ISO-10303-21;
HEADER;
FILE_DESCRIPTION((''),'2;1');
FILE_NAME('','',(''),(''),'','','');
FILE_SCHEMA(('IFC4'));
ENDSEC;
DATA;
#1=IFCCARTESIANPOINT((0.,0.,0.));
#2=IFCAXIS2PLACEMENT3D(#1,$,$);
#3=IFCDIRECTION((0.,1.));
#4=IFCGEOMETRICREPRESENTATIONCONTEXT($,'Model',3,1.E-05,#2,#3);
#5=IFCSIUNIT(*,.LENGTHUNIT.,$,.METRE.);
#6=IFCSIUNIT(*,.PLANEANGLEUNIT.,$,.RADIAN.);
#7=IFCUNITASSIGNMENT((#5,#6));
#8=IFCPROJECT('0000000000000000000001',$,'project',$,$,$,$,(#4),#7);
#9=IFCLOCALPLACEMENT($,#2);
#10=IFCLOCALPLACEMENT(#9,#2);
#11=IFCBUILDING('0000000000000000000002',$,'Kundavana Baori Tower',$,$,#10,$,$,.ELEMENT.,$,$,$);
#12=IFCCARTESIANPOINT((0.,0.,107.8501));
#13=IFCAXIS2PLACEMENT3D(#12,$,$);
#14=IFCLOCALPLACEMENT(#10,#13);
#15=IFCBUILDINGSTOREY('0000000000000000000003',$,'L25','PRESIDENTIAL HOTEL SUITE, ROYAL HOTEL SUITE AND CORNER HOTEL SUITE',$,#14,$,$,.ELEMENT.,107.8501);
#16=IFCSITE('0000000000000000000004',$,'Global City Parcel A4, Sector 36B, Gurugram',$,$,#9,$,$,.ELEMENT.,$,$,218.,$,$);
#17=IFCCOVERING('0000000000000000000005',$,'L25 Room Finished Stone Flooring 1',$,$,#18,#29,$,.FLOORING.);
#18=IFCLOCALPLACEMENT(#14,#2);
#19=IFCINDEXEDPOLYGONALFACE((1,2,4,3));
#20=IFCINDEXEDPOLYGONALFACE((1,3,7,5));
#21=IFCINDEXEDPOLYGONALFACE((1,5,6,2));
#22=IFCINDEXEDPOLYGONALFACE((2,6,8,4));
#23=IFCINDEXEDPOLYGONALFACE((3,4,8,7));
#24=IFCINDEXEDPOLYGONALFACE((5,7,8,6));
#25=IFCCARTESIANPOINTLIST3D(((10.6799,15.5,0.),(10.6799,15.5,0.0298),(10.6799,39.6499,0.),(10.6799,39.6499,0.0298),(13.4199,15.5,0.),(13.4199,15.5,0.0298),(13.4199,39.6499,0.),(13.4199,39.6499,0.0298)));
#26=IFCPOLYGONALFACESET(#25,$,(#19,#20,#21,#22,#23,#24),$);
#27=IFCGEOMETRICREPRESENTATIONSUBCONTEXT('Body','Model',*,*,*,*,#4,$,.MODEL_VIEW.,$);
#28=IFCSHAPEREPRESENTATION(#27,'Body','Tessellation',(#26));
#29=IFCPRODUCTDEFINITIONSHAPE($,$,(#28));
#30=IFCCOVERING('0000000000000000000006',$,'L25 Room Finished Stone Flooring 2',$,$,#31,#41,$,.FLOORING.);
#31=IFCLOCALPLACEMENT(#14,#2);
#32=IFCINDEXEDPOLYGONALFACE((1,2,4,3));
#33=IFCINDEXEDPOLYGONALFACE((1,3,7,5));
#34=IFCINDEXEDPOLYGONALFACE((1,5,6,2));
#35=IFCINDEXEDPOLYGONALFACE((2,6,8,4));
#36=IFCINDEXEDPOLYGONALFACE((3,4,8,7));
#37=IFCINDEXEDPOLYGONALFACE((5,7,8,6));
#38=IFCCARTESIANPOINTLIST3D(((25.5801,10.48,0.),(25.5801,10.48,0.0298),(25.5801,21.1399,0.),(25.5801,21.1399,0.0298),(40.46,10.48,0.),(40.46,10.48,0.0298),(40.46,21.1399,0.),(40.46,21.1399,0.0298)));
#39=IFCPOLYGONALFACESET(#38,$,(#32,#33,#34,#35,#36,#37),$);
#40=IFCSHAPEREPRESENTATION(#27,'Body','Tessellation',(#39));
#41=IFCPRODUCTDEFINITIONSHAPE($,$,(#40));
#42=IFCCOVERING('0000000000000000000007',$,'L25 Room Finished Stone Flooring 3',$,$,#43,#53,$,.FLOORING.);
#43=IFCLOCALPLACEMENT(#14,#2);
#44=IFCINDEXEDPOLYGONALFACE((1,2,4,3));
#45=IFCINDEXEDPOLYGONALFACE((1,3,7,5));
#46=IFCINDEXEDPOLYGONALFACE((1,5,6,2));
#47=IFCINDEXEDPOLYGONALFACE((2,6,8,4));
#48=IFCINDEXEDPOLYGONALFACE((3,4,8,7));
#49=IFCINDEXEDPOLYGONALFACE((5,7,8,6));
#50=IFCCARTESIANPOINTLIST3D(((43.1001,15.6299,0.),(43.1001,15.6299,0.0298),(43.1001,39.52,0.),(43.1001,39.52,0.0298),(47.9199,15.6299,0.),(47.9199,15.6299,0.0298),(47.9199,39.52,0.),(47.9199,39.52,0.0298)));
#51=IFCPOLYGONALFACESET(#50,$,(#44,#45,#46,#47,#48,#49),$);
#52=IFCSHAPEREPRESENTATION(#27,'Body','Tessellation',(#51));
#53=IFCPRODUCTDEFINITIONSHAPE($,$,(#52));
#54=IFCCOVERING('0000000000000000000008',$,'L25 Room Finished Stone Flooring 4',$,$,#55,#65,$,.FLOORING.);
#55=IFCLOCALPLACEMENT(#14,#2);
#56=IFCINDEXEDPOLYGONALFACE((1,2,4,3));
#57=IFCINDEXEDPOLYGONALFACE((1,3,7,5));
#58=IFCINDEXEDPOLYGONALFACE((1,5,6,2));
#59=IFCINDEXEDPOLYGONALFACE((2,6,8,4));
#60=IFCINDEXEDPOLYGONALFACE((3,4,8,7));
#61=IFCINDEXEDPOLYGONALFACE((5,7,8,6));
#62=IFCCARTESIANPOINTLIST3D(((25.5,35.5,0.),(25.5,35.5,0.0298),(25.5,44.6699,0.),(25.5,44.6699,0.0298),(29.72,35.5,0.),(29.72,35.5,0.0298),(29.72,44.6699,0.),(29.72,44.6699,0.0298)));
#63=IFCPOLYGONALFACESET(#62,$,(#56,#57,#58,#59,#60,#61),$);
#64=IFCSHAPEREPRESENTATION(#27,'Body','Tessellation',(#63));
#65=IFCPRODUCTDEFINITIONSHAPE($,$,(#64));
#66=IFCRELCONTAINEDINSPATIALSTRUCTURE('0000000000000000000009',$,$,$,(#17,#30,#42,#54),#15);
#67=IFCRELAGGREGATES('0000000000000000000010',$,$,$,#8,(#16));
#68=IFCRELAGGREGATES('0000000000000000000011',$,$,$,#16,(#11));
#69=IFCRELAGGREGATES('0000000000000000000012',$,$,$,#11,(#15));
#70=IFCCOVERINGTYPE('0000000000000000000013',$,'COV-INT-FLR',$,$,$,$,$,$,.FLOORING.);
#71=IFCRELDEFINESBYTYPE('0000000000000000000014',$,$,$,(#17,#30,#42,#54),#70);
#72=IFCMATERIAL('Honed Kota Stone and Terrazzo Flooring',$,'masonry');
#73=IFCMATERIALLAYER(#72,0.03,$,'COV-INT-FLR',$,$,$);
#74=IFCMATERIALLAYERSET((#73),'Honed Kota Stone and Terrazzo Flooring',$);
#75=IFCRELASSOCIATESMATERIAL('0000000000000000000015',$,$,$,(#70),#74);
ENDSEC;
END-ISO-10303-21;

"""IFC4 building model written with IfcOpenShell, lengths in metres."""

from ifc_helpers import new_model, si_unit, direction, frame, origin, place, context, subcontext, project, spatial, polyline, outline, extrude, material, layer, layer_set, type_object, element, save


model = new_model("IFC4")

# Units and contexts
model_context = context("Model", 3, precision=1e-05, world=origin(), true_north=direction((0.0, 1.0)))
body_context = subcontext(model_context, "Body", "Model", "MODEL_VIEW")
ifc_project = project(units=[si_unit("LENGTHUNIT", "METRE"), si_unit("PLANEANGLEUNIT", "RADIAN")], contexts=[model_context])

# Site, building, storey
site_placement = place(None, origin())
site = spatial("IfcSite", under=ifc_project, at=site_placement, Name="Global City Parcel A4, Sector 36B, Gurugram", CompositionType="ELEMENT", RefElevation=218.0)
building_placement = place(site_placement, origin())
building = spatial("IfcBuilding", under=site, at=building_placement, Name="Kundavana Baori Tower", CompositionType="ELEMENT")
storey_placement = place(building_placement, frame((0.0, 0.0, 107.8501)))
storey = spatial("IfcBuildingStorey", under=building, at=storey_placement, Name="L25", Description="PRESIDENTIAL HOTEL SUITE, ROYAL HOTEL SUITE AND CORNER HOTEL SUITE", CompositionType="ELEMENT", Elevation=107.8501)

# Coverings
ifc_material_1 = material(Name="Honed Kota Stone and Terrazzo Flooring", Category="masonry")
ifc_layer_1 = layer(ifc_material_1, 0.03, Name="COV-INT-FLR")
ifc_layer_set_1 = layer_set([ifc_layer_1], Name="Honed Kota Stone and Terrazzo Flooring")
covering_type_1 = type_object("IfcCoveringType", Name="COV-INT-FLR", PredefinedType="FLOORING", material=ifc_layer_set_1)
covering_1_placement = place(storey_placement, origin())
element("IfcCovering", 1, at=covering_1_placement, inside=storey, type_object=covering_type_1, Name="L25 Room Finished Stone Flooring 1", PredefinedType="FLOORING", context=body_context, shape_type="SweptSolid", body=[
    extrude(outline(polyline([(10.6799, 15.5), (13.4199, 15.5), (13.4199, 39.6499), (10.6799, 39.6499), (10.6799, 15.5)])), origin(), (0.0, 0.0, 1.0), 0.0298),
])
covering_2_placement = place(storey_placement, origin())
element("IfcCovering", 2, at=covering_2_placement, inside=storey, type_object=covering_type_1, Name="L25 Room Finished Stone Flooring 2", PredefinedType="FLOORING", context=body_context, shape_type="SweptSolid", body=[
    extrude(outline(polyline([(25.5801, 10.48), (40.46, 10.48), (40.46, 21.1399), (25.5801, 21.1399), (25.5801, 10.48)])), origin(), (0.0, 0.0, 1.0), 0.0298),
])
covering_3_placement = place(storey_placement, origin())
element("IfcCovering", 3, at=covering_3_placement, inside=storey, type_object=covering_type_1, Name="L25 Room Finished Stone Flooring 3", PredefinedType="FLOORING", context=body_context, shape_type="SweptSolid", body=[
    extrude(outline(polyline([(43.1001, 15.6299), (47.9199, 15.6299), (47.9199, 39.52), (43.1001, 39.52), (43.1001, 15.6299)])), origin(), (0.0, 0.0, 1.0), 0.0298),
])
covering_4_placement = place(storey_placement, origin())
element("IfcCovering", 4, at=covering_4_placement, inside=storey, type_object=covering_type_1, Name="L25 Room Finished Stone Flooring 4", PredefinedType="FLOORING", context=body_context, shape_type="SweptSolid", body=[
    extrude(outline(polyline([(25.5, 35.5), (29.72, 35.5), (29.72, 44.6699), (25.5, 44.6699), (25.5, 35.5)])), origin(), (0.0, 0.0, 1.0), 0.0298),
])

save(model, "model.ifc")
